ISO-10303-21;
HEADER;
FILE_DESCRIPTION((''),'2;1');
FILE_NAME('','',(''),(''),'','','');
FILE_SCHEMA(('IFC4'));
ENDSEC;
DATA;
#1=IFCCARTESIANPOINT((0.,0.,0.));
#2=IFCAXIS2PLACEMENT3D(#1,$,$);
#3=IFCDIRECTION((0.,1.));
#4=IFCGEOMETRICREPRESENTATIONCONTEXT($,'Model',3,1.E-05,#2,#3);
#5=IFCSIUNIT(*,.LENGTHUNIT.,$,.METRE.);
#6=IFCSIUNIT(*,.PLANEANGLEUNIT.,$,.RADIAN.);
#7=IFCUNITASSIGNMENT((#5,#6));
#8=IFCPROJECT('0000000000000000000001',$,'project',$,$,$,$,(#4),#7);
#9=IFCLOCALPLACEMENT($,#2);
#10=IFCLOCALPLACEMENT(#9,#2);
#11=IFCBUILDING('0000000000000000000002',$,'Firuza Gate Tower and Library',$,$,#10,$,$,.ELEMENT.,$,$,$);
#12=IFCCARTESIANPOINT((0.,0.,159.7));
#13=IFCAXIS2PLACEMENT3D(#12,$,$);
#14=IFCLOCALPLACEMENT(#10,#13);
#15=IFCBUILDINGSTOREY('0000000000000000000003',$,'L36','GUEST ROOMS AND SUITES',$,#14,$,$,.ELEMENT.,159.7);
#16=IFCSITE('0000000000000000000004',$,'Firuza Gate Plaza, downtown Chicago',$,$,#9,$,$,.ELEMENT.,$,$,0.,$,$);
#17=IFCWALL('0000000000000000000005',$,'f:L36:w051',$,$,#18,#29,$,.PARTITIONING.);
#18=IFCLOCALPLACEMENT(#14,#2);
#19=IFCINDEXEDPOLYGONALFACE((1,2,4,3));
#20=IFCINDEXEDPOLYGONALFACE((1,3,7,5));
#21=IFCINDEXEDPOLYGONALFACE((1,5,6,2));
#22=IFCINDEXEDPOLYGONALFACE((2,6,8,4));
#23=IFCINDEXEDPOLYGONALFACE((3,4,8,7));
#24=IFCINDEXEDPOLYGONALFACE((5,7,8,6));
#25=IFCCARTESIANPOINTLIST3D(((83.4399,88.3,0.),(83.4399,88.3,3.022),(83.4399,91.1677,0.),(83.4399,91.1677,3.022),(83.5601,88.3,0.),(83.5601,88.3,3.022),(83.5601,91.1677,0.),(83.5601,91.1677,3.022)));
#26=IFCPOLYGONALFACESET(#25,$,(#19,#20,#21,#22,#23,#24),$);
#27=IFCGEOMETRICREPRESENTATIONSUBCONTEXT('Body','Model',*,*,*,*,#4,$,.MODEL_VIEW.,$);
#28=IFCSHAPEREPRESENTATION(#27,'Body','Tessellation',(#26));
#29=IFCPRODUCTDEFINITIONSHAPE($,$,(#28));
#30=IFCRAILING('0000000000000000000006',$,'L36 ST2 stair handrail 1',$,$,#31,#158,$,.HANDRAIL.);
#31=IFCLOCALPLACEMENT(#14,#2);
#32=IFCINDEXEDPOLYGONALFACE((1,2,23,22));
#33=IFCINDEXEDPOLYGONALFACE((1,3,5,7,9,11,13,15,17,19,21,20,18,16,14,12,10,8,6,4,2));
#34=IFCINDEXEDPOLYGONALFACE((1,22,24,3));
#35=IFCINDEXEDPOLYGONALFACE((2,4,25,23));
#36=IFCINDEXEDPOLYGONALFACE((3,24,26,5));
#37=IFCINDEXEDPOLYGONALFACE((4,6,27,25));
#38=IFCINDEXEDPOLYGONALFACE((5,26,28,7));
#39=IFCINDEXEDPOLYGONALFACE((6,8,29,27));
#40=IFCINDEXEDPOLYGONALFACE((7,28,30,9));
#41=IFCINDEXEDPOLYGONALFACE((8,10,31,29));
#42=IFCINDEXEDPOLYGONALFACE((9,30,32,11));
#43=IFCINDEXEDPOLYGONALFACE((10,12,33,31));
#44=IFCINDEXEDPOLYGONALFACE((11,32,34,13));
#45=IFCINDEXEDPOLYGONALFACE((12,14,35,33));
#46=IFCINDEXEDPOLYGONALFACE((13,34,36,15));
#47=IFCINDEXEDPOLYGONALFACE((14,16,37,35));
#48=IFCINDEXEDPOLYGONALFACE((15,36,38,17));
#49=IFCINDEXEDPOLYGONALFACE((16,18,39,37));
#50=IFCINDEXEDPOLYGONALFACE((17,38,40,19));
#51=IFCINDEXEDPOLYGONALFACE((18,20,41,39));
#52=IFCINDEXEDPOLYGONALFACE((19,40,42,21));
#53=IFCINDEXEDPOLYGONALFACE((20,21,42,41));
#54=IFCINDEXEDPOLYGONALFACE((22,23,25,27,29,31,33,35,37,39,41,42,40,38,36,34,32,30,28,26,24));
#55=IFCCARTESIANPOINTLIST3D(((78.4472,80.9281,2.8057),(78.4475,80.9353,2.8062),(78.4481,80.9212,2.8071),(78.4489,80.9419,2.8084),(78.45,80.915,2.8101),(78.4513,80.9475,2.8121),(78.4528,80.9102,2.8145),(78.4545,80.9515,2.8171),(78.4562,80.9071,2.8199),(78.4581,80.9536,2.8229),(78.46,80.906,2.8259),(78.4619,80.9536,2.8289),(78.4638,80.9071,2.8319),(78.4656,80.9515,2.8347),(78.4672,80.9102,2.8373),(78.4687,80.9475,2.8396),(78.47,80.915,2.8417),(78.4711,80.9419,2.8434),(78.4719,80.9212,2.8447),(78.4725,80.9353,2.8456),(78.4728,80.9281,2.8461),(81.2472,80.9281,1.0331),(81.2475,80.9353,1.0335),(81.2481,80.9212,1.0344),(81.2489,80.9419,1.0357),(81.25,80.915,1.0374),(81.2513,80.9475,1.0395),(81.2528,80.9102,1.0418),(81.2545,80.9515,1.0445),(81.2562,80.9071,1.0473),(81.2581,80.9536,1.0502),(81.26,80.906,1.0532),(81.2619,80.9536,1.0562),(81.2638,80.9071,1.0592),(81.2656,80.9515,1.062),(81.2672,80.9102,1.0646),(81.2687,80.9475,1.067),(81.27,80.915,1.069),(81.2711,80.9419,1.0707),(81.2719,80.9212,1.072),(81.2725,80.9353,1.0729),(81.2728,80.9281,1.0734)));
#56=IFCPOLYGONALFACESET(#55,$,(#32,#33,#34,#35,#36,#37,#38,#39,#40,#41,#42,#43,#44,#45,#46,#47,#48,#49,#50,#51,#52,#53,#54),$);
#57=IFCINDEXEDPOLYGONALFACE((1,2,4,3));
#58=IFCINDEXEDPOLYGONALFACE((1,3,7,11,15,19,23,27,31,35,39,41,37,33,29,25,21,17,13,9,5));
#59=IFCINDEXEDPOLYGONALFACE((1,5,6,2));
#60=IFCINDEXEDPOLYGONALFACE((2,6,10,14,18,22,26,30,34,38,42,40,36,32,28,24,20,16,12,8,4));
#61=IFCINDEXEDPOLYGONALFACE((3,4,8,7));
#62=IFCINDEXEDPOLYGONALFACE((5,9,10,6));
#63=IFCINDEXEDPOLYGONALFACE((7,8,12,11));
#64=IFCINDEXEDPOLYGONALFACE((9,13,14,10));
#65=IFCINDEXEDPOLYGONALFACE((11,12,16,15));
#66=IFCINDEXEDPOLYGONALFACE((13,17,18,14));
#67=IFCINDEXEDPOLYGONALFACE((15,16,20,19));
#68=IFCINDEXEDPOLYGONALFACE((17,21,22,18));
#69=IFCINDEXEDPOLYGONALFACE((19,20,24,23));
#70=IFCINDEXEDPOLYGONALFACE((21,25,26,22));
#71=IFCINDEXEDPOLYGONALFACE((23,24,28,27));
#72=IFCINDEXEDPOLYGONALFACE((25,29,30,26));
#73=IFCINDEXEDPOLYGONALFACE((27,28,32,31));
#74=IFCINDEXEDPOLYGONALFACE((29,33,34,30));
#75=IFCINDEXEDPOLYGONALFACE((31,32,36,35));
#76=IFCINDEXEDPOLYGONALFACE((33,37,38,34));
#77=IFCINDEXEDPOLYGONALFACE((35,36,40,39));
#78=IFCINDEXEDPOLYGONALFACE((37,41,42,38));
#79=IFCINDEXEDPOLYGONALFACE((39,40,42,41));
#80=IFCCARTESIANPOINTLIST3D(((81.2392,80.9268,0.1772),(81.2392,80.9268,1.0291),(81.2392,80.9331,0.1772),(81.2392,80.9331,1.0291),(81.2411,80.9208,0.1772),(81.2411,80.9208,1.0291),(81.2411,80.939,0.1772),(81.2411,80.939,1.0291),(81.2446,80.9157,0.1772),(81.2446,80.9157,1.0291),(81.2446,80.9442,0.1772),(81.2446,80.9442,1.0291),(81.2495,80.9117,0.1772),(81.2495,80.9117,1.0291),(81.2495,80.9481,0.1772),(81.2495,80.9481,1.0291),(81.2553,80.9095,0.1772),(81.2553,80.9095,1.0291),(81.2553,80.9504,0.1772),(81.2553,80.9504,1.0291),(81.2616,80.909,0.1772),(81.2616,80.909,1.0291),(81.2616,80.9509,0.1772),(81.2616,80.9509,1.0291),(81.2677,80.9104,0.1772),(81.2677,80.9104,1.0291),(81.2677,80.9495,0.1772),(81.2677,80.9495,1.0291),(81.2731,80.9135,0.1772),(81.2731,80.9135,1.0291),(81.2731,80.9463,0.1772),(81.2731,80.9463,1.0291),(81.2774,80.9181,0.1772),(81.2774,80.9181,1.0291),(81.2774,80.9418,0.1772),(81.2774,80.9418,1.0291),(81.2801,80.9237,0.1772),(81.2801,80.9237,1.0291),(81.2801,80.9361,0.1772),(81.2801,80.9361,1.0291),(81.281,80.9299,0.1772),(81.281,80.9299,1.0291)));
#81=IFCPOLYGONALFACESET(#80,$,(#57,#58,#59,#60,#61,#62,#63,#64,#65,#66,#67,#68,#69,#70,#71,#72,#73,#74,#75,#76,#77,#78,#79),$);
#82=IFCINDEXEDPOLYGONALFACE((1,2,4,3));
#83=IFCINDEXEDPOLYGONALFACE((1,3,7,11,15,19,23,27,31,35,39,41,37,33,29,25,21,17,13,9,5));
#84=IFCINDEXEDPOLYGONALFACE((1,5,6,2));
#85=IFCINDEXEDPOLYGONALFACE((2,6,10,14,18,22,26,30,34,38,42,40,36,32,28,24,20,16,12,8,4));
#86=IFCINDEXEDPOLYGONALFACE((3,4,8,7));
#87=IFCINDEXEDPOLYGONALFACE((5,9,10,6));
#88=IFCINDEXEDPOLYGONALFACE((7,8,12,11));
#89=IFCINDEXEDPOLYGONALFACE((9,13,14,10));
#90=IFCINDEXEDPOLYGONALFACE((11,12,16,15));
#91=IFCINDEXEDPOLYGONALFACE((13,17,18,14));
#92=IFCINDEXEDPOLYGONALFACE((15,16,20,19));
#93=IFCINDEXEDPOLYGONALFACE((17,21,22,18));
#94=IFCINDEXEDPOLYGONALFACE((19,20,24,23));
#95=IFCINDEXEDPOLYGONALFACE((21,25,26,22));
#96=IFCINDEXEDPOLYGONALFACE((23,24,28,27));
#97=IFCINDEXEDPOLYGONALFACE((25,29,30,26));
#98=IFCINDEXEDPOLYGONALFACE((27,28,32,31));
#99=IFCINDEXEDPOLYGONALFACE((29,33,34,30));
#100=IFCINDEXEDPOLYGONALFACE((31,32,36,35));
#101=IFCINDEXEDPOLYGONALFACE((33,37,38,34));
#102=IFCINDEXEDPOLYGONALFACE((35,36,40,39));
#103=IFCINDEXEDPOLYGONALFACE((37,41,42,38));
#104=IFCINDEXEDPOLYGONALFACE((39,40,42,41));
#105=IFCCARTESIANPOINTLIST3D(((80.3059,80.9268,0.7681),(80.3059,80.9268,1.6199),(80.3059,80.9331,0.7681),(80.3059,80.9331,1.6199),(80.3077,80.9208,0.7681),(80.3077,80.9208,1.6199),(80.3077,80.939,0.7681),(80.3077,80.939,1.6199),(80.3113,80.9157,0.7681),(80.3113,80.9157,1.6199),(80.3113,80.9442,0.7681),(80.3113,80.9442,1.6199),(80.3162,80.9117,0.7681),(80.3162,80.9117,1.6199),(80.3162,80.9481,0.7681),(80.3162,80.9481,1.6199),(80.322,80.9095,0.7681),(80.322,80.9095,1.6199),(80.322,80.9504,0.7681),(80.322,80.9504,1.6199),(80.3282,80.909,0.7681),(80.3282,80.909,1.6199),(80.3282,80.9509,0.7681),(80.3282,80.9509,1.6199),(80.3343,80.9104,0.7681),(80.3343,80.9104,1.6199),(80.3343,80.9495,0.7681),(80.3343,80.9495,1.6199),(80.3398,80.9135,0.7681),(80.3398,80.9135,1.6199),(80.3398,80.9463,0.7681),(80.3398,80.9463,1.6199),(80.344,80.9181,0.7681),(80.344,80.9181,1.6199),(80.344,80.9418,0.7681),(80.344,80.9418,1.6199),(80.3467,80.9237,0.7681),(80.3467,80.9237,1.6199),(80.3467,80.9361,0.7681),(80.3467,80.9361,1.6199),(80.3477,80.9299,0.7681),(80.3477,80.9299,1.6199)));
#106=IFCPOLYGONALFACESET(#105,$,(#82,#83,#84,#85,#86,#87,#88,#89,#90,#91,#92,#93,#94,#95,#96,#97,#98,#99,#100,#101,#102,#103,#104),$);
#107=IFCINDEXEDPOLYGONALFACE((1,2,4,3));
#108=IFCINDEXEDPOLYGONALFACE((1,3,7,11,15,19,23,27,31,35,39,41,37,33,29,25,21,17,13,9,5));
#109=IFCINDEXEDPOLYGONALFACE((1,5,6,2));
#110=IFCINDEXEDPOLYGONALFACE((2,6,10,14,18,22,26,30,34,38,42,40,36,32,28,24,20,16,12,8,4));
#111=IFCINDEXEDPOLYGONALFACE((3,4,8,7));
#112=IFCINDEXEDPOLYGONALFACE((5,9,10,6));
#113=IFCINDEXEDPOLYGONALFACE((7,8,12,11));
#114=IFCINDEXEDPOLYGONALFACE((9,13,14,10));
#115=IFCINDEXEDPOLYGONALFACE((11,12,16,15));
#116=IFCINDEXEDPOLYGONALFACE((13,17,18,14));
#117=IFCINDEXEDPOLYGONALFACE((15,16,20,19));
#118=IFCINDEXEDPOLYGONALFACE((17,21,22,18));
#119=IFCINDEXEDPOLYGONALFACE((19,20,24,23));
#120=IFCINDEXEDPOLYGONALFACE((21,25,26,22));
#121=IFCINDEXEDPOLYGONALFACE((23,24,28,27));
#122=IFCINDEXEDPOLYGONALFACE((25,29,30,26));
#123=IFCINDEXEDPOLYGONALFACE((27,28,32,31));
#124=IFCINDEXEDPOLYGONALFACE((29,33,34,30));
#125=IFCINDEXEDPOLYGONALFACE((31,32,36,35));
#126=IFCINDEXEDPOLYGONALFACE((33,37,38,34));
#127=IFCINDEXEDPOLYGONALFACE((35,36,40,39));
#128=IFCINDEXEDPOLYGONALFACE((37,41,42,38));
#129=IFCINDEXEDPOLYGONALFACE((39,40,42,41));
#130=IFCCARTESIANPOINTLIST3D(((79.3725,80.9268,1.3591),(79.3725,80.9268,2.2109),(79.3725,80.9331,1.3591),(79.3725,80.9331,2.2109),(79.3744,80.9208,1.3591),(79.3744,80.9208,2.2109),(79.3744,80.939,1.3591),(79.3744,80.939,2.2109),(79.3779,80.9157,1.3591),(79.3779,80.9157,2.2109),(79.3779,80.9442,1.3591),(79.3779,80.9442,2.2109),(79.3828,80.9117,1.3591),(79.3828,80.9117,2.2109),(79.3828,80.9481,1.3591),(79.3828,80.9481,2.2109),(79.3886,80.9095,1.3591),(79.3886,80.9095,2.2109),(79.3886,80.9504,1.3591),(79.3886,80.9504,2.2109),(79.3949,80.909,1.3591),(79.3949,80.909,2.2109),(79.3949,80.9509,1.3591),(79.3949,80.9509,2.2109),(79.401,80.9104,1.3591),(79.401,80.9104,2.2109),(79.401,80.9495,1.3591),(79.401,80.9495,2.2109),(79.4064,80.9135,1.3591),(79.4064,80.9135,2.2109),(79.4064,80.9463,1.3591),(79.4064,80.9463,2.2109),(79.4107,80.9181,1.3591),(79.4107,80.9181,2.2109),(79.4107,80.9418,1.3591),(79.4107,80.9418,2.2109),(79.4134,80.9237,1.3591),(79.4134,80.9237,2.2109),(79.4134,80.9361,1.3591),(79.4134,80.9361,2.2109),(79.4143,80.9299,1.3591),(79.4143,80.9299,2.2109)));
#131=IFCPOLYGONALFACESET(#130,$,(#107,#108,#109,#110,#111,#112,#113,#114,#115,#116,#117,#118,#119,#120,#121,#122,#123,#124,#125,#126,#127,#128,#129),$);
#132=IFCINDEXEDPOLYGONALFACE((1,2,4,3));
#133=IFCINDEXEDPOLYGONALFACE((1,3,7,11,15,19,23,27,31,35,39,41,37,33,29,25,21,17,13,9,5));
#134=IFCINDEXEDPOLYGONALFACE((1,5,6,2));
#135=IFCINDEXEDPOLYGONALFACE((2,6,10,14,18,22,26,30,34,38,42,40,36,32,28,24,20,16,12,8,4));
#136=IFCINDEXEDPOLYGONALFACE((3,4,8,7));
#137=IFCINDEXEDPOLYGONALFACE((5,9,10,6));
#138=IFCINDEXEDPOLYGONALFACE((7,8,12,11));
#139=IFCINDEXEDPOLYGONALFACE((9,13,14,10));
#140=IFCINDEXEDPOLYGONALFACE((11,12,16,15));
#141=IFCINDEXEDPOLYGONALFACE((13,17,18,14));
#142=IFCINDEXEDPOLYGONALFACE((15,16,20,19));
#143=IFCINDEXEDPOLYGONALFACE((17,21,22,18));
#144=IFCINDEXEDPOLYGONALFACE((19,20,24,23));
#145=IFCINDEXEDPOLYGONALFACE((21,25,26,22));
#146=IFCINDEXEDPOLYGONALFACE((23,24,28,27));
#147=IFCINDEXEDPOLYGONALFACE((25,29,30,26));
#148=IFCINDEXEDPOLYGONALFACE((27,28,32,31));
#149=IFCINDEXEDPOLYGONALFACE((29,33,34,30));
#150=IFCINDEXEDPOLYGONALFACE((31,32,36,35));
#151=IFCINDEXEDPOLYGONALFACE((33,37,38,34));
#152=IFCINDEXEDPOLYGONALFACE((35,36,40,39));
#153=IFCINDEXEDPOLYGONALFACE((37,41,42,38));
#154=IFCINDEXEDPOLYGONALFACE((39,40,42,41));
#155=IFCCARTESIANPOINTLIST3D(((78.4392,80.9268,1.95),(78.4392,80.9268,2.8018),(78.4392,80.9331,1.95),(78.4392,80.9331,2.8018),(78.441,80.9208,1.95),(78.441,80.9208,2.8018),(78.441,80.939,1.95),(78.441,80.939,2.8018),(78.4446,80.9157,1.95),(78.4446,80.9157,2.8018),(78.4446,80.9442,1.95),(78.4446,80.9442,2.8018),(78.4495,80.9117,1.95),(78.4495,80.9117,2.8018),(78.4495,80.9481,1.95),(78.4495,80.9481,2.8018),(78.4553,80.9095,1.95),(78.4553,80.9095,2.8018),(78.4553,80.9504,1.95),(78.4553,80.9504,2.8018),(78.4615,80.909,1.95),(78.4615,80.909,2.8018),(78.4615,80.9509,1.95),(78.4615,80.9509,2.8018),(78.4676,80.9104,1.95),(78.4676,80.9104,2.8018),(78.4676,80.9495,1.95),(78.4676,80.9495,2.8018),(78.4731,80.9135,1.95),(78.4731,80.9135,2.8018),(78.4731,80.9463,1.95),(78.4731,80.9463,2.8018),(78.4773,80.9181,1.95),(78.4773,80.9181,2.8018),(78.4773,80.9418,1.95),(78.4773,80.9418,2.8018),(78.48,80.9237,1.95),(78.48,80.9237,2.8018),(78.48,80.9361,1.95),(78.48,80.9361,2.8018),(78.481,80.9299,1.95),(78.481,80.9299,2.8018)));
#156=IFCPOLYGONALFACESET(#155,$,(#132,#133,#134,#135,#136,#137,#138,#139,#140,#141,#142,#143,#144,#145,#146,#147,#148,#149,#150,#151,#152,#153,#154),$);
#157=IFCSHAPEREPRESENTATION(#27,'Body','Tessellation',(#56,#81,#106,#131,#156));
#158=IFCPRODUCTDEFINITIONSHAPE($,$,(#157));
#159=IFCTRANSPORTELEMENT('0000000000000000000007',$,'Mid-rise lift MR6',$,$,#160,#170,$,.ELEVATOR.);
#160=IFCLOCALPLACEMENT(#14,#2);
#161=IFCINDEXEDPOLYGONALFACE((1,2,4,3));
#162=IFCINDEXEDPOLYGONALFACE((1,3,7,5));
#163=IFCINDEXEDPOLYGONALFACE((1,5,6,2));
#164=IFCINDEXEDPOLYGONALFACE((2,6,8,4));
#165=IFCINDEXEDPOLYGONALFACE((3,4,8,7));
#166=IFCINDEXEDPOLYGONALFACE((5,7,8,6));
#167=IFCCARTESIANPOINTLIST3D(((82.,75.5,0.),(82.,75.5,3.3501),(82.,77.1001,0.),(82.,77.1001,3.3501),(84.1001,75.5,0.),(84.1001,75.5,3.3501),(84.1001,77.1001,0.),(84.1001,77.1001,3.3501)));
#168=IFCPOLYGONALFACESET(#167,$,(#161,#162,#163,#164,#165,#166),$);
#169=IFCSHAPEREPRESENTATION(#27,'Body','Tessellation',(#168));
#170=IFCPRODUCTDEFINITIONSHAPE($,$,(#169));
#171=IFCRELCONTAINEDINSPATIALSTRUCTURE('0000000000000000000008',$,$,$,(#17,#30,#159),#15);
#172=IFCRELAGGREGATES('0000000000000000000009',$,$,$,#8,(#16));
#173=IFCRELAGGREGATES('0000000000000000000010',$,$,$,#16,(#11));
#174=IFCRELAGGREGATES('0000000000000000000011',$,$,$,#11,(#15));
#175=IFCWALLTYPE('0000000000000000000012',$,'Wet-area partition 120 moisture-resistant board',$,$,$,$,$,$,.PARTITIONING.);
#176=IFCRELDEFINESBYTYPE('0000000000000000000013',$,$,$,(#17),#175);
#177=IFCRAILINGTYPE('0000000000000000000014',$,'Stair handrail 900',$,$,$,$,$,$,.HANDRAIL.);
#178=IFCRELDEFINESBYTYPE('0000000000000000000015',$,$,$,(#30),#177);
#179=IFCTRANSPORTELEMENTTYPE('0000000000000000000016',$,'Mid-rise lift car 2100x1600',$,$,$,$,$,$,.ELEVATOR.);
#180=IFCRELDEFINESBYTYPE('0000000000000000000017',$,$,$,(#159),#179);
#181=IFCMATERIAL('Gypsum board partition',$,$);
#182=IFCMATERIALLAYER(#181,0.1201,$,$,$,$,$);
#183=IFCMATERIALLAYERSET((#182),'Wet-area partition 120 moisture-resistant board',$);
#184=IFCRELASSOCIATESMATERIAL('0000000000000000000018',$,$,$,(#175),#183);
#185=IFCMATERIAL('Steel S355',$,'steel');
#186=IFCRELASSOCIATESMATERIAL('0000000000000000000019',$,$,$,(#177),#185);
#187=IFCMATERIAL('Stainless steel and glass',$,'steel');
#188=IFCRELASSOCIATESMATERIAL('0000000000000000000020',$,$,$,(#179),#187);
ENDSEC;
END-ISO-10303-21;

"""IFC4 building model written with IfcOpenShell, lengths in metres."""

from ifc_helpers import new_model, si_unit, direction, frame, frame_2d, origin, origin_2d, place, context, subcontext, project, spatial, rectangle, circle, extrude, material, layer, layer_set, type_object, element, save


model = new_model("IFC4")

# Units and contexts
model_context = context("Model", 3, precision=1e-05, world=origin(), true_north=direction((0.0, 1.0)))
body_context = subcontext(model_context, "Body", "Model", "MODEL_VIEW")
ifc_project = project(units=[si_unit("LENGTHUNIT", "METRE"), si_unit("PLANEANGLEUNIT", "RADIAN")], contexts=[model_context])

# Site, building, storey
site_placement = place(None, origin())
site = spatial("IfcSite", under=ifc_project, at=site_placement, Name="Firuza Gate Plaza, downtown Chicago", CompositionType="ELEMENT", RefElevation=0.0)
building_placement = place(site_placement, origin())
building = spatial("IfcBuilding", under=site, at=building_placement, Name="Firuza Gate Tower and Library", CompositionType="ELEMENT")
storey_placement = place(building_placement, frame((0.0, 0.0, 159.7)))
storey = spatial("IfcBuildingStorey", under=building, at=storey_placement, Name="L36", Description="GUEST ROOMS AND SUITES", CompositionType="ELEMENT", Elevation=159.7)

# Wall
ifc_material_1 = material(Name="Gypsum board partition")
ifc_layer_1 = layer(ifc_material_1, 0.1201)
ifc_layer_set_1 = layer_set([ifc_layer_1], Name="Wet-area partition 120 moisture-resistant board")
wall_type_1 = type_object("IfcWallType", Name="Wet-area partition 120 moisture-resistant board", PredefinedType="PARTITIONING", material=ifc_layer_set_1)
wall_1_placement = place(storey_placement, frame((83.5, 88.3, 0.0), z_axis=(0.0, 0.0, 1.0), x_axis=(0.0, 1.0, 0.0)))
element("IfcWall", 1, at=wall_1_placement, inside=storey, type_object=wall_type_1, Name="f:L36:w051", PredefinedType="PARTITIONING", context=body_context, shape_type="SweptSolid", body=[
    extrude(rectangle(XDim=2.8677, YDim=0.1201, at=frame_2d((1.4338, 0.0))), origin(), (0.0, 0.0, 1.0), 3.022),
])

# Railing
ifc_material_2 = material(Name="Steel S355", Category="steel")
railing_type_1 = type_object("IfcRailingType", Name="Stair handrail 900", PredefinedType="HANDRAIL", material=ifc_material_2)
railing_1_placement = place(storey_placement, frame((81.26, 80.9299, 0.1772)))
element("IfcRailing", 2, at=railing_1_placement, inside=storey, type_object=railing_type_1, Name="L36 ST2 stair handrail 1", PredefinedType="HANDRAIL", context=body_context, shape_type="SweptSolid", body=[
    extrude(circle(Radius=0.0239, at=origin_2d()), frame((0.0, 0.0, 0.876), z_axis=(-0.844909, 0.0, 0.53491), x_axis=(0.0, -1.0, 0.0)), (0.0, 0.0, 1.0), 3.314),
    extrude(circle(Radius=0.021, at=origin_2d()), origin(), (0.0, 0.0, 1.0), 0.8518),
    extrude(circle(Radius=0.021, at=origin_2d()), frame((-0.9333, 0.0, 0.5908)), (0.0, 0.0, 1.0), 0.8518),
    extrude(circle(Radius=0.021, at=origin_2d()), frame((-1.8667, 0.0, 1.1819)), (0.0, 0.0, 1.0), 0.8518),
    extrude(circle(Radius=0.021, at=origin_2d()), frame((-2.8, 0.0, 1.7727)), (0.0, 0.0, 1.0), 0.8518),
])

# Transport element
ifc_material_3 = material(Name="Stainless steel and glass", Category="steel")
transport_element_type = type_object("IfcTransportElementType", Name="Mid-rise lift car 2100x1600", PredefinedType="ELEVATOR", material=ifc_material_3)
transport_element_placement = place(storey_placement, frame((83.05, 76.3, 0.0), z_axis=(0.0, 0.0, 1.0), x_axis=(1.0, 0.0, 0.0)))
element("IfcTransportElement", 3, at=transport_element_placement, inside=storey, type_object=transport_element_type, Name="Mid-rise lift MR6", PredefinedType="ELEVATOR", context=body_context, shape_type="SweptSolid", body=[
    extrude(rectangle(XDim=2.1001, YDim=1.6001, at=origin_2d()), origin(), (0.0, 0.0, 1.0), 3.3501),
])

save(model, "model.ifc")
